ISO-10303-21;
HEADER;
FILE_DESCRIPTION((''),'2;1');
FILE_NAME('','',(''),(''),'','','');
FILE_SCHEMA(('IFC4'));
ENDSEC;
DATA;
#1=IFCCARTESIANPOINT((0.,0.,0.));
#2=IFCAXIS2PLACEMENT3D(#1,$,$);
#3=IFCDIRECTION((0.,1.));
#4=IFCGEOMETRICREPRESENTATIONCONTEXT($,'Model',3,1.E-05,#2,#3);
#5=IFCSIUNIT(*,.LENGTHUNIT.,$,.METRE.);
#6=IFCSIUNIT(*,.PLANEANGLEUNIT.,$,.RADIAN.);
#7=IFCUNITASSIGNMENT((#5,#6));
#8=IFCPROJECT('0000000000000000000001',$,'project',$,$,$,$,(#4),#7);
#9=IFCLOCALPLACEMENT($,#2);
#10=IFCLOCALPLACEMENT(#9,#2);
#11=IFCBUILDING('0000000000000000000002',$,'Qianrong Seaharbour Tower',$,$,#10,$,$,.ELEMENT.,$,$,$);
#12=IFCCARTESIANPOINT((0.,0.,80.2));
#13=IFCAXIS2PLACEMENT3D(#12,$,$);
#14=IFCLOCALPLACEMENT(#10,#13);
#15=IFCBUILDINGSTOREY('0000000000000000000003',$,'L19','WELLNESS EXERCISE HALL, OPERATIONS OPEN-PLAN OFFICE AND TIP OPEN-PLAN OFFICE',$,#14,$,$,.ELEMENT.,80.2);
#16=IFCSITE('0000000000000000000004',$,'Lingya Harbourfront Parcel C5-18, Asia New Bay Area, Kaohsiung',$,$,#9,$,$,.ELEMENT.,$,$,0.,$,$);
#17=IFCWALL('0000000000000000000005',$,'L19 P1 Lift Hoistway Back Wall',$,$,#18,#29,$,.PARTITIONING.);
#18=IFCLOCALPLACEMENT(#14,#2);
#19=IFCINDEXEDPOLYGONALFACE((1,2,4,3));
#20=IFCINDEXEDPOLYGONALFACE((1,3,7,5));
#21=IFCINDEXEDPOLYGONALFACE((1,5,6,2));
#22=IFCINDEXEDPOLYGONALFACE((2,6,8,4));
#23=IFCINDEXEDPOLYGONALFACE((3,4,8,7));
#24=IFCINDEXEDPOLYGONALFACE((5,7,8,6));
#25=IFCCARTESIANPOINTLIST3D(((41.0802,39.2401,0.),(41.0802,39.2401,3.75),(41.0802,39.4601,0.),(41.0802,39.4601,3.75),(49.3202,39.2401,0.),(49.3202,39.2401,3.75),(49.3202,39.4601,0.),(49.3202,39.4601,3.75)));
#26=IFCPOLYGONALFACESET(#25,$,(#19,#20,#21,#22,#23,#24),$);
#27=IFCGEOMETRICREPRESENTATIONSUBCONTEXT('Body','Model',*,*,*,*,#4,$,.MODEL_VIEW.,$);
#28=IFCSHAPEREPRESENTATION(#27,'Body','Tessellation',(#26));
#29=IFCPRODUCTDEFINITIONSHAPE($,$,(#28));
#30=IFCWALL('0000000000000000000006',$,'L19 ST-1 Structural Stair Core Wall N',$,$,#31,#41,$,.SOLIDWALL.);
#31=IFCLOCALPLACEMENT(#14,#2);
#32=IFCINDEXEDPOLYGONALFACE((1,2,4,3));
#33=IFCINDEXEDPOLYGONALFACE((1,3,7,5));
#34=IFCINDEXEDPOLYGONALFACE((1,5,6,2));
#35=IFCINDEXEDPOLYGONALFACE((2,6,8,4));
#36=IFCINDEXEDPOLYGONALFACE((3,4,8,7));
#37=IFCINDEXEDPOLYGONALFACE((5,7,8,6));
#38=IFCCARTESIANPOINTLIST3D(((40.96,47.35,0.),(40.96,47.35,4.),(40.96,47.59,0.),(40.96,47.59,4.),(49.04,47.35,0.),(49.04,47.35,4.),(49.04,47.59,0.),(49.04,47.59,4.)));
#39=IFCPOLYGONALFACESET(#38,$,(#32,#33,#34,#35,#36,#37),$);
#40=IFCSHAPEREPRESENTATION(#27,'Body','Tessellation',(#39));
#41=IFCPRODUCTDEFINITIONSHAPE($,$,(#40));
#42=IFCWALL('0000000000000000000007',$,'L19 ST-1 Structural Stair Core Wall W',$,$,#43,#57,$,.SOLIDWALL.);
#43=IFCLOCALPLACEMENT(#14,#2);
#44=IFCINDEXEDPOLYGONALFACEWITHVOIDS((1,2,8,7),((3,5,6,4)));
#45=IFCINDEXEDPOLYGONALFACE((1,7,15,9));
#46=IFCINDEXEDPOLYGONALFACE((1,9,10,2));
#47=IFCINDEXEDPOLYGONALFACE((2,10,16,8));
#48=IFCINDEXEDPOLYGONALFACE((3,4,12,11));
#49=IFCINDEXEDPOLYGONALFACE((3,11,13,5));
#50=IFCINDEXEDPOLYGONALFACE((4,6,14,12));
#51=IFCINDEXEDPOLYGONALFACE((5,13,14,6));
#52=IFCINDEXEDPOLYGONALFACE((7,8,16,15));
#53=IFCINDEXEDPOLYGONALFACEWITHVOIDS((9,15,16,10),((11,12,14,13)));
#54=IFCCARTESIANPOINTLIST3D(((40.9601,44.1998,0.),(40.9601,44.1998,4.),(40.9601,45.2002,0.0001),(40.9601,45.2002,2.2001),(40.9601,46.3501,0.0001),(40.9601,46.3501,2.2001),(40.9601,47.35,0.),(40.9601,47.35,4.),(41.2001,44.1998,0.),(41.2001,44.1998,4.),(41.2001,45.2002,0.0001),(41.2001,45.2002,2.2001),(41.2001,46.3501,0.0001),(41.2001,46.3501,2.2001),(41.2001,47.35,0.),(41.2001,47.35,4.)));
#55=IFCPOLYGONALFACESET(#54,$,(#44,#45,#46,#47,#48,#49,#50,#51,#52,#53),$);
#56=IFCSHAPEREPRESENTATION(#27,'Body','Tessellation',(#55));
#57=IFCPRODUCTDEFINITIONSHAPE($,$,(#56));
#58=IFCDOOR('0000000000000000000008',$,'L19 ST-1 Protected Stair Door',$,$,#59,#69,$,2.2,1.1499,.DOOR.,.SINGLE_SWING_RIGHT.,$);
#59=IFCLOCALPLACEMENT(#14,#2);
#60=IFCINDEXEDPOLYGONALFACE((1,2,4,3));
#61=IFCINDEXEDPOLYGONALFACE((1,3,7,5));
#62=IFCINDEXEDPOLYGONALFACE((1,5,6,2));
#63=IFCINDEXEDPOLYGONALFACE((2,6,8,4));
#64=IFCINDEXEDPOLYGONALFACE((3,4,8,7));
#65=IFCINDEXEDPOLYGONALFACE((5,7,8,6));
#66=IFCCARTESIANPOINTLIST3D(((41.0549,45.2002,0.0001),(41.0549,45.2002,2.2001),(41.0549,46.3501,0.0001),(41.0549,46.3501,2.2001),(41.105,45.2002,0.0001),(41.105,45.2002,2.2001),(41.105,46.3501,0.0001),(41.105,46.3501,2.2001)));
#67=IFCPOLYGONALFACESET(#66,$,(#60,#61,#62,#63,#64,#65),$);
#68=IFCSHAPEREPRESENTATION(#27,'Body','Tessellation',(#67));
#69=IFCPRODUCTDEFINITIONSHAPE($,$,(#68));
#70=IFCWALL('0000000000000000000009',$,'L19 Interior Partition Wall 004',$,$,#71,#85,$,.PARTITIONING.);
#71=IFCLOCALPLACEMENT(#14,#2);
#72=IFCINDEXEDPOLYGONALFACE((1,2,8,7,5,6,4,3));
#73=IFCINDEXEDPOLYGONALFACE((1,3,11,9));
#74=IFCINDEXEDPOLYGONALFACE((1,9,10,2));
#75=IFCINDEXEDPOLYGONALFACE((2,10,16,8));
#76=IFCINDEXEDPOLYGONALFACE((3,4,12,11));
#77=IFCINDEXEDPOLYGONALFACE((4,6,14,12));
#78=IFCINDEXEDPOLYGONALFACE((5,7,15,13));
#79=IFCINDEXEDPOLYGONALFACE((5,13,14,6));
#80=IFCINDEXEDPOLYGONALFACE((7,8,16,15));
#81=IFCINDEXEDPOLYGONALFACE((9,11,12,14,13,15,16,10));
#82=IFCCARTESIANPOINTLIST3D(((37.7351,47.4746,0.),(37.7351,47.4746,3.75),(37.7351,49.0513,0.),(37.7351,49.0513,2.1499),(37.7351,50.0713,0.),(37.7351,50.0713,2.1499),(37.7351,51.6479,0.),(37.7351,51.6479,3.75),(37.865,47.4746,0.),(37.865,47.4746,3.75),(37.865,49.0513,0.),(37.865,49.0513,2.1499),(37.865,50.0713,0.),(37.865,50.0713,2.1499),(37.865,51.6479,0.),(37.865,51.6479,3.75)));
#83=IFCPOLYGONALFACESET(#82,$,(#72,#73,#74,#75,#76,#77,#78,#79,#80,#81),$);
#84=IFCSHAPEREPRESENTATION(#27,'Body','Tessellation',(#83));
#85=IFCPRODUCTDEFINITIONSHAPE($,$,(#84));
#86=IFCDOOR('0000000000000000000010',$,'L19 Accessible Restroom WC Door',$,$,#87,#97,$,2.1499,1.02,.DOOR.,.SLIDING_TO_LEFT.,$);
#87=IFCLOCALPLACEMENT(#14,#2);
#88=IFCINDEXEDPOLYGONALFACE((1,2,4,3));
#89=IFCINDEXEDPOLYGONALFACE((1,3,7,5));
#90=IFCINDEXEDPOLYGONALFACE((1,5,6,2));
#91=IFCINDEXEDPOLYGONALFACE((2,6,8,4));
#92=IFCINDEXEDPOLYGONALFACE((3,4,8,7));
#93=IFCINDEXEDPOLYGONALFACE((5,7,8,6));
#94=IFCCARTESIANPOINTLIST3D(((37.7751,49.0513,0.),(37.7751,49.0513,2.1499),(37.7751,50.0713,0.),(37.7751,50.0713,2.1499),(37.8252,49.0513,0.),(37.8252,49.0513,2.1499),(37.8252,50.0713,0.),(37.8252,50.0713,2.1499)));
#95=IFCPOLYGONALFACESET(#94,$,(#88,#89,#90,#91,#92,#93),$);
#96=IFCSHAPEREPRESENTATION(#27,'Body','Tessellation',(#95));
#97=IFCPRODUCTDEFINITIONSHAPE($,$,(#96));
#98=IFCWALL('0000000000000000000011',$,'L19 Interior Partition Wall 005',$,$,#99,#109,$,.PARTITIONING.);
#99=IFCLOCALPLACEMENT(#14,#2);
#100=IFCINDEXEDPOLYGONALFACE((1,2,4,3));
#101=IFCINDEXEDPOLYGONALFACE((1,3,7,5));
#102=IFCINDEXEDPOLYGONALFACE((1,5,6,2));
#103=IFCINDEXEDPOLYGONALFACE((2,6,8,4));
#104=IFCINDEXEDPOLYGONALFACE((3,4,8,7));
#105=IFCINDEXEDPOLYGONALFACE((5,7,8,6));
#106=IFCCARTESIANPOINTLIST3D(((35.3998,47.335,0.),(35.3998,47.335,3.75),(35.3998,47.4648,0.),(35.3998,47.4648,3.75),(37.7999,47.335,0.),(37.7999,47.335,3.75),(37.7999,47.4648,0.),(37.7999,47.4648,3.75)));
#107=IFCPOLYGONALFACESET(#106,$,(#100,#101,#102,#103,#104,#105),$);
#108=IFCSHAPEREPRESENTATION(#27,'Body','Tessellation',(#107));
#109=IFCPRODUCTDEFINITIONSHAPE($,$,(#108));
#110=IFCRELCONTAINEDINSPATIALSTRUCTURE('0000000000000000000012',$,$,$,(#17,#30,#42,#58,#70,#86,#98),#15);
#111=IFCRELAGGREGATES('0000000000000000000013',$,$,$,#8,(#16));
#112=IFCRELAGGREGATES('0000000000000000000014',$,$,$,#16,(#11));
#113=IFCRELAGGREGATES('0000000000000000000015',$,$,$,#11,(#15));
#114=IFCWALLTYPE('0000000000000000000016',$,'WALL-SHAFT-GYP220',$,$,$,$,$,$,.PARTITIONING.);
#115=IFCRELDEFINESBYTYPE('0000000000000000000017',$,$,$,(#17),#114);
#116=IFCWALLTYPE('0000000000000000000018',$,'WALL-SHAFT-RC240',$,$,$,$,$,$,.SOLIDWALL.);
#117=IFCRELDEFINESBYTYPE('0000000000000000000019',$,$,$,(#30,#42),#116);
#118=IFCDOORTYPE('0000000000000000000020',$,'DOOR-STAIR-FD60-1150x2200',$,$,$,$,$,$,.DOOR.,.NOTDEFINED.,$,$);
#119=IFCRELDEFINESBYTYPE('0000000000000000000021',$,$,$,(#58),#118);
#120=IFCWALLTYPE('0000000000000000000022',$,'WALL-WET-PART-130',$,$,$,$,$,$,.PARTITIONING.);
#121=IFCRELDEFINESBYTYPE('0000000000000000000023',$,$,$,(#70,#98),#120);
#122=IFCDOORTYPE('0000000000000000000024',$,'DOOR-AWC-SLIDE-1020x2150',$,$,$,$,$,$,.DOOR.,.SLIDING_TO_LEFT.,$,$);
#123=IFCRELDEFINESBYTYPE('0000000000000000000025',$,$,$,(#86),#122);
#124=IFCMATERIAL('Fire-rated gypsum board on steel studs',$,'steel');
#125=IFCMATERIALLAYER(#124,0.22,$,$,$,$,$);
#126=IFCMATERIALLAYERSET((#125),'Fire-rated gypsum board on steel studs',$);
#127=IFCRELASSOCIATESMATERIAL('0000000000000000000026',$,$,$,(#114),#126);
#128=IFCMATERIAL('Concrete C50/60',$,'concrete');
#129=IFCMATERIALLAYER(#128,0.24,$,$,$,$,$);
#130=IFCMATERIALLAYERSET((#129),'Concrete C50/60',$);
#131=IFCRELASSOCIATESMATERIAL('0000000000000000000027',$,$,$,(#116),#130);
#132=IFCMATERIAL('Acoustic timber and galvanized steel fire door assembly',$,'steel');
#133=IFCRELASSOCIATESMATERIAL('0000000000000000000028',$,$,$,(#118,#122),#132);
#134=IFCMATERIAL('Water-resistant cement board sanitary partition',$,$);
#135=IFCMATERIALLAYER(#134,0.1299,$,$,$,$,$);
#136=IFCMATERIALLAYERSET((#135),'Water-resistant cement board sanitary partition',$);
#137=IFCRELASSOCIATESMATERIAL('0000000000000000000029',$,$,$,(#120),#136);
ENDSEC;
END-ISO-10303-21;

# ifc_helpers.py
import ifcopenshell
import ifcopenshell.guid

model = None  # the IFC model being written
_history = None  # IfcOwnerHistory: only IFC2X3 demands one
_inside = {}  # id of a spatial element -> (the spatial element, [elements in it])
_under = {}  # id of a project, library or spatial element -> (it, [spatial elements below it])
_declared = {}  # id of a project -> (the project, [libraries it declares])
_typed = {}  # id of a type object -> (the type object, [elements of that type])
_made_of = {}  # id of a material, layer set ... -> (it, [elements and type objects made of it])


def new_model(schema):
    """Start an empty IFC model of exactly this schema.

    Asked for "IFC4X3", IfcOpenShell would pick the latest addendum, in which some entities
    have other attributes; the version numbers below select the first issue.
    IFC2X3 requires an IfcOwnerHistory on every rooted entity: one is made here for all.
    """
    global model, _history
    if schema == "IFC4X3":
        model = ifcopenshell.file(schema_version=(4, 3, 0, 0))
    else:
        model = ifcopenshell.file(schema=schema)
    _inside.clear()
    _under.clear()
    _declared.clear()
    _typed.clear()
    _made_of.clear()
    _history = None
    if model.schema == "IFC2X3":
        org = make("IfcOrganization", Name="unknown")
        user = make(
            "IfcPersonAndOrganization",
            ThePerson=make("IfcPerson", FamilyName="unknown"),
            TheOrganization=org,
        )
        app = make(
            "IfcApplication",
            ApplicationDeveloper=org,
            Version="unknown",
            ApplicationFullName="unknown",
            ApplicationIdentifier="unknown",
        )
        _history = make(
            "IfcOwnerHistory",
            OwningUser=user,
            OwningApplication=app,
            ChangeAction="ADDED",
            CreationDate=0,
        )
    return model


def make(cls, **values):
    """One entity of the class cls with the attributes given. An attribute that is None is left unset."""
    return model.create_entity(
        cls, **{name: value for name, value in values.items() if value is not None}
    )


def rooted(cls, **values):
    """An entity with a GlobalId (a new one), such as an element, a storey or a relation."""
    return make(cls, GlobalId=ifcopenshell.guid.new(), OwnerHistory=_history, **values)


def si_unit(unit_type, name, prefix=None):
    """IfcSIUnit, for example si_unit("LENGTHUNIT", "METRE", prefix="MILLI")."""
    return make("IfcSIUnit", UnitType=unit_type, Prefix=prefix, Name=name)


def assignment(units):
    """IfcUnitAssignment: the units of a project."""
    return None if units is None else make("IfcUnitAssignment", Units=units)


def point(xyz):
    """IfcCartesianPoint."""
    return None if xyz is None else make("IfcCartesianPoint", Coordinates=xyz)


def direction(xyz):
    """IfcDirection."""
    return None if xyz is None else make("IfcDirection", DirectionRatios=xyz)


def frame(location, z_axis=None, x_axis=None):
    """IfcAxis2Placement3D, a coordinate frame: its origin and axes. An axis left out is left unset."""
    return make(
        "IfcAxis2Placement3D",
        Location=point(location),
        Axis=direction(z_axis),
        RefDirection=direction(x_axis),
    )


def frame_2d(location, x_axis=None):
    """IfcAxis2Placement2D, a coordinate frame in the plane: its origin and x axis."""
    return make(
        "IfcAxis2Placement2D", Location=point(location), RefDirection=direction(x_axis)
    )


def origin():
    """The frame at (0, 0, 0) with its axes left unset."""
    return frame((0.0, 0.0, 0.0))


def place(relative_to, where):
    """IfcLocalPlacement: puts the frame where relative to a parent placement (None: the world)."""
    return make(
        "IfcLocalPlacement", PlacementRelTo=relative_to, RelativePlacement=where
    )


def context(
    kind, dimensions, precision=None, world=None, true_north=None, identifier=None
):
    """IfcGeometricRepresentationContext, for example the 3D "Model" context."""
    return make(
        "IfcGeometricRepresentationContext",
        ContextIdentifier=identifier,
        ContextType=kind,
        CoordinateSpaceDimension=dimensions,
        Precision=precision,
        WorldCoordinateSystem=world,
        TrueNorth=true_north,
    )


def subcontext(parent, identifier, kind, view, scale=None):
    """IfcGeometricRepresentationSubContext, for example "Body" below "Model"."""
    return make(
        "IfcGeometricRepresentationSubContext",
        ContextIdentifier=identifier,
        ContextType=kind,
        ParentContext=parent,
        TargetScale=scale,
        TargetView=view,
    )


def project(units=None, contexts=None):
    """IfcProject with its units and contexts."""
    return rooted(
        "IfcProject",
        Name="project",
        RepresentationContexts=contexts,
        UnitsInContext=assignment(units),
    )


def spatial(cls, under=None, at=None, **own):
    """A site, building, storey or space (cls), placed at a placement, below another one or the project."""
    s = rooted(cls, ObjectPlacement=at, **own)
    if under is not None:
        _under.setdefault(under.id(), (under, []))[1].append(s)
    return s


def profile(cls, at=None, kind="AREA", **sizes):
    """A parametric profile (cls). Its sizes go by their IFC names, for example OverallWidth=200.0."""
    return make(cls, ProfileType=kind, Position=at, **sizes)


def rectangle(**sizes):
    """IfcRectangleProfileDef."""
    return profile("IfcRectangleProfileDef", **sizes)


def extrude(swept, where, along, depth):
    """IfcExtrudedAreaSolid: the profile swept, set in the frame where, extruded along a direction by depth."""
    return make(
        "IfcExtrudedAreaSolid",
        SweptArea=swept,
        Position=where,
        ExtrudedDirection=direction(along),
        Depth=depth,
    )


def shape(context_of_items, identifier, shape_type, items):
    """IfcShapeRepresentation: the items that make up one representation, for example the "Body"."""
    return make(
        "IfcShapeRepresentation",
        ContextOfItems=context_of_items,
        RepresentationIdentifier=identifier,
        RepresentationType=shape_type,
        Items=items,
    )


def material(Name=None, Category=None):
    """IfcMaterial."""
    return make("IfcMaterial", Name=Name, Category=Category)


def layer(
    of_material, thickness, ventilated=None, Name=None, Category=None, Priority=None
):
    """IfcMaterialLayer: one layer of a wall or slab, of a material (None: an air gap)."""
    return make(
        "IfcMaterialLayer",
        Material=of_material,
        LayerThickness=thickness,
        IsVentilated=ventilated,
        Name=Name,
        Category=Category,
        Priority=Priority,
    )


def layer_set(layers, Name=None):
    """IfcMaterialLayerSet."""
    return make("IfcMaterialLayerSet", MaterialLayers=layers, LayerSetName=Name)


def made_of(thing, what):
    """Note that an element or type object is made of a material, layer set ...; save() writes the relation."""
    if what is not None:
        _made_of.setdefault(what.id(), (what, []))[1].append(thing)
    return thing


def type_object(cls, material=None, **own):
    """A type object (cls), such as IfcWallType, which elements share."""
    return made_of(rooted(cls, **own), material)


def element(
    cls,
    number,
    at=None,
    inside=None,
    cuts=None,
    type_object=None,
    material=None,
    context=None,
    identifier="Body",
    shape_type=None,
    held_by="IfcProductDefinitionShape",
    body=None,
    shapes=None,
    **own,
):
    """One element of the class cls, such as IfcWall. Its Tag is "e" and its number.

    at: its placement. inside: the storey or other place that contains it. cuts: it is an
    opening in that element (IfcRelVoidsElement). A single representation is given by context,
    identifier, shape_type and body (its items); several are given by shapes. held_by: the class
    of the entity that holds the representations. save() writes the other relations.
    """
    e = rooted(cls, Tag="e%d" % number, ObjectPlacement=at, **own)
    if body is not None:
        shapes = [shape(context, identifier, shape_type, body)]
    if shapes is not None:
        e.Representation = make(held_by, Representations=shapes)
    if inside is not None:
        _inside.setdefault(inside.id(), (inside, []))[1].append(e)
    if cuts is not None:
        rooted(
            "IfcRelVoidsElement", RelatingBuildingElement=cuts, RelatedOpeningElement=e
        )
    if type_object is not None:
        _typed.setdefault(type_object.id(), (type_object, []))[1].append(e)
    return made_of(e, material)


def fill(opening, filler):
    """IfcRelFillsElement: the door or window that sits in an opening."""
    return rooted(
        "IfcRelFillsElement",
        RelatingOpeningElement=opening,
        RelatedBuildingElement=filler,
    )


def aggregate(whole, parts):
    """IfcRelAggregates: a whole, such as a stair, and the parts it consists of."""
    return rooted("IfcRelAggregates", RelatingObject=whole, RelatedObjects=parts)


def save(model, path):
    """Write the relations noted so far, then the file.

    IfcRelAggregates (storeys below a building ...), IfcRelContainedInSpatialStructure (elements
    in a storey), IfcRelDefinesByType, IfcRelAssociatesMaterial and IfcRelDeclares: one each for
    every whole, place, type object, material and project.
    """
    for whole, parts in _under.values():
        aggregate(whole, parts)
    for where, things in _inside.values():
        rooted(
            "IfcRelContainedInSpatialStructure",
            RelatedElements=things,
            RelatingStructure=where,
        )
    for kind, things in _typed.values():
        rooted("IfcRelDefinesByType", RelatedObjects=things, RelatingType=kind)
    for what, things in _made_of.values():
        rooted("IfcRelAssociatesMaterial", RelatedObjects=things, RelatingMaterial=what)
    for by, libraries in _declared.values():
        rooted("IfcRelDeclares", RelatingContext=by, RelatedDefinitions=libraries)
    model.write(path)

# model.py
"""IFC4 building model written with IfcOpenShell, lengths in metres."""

from ifc_helpers import new_model, si_unit, direction, frame, frame_2d, origin, place, context, subcontext, project, spatial, rectangle, extrude, material, layer, layer_set, type_object, element, fill, save


model = new_model("IFC4")

# Units and contexts
model_context = context("Model", 3, precision=1e-05, world=origin(), true_north=direction((0.0, 1.0)))
body_context = subcontext(model_context, "Body", "Model", "MODEL_VIEW")
ifc_project = project(units=[si_unit("LENGTHUNIT", "METRE"), si_unit("PLANEANGLEUNIT", "RADIAN")], contexts=[model_context])

# Site, building, storey
site_placement = place(None, origin())
site = spatial("IfcSite", under=ifc_project, at=site_placement, Name="Lingya Harbourfront Parcel C5-18, Asia New Bay Area, Kaohsiung", CompositionType="ELEMENT", RefElevation=0.0)
building_placement = place(site_placement, origin())
building = spatial("IfcBuilding", under=site, at=building_placement, Name="Qianrong Seaharbour Tower", CompositionType="ELEMENT")
storey_placement = place(building_placement, frame((0.0, 0.0, 80.2)))
storey = spatial("IfcBuildingStorey", under=building, at=storey_placement, Name="L19", Description="WELLNESS EXERCISE HALL, OPERATIONS OPEN-PLAN OFFICE AND TIP OPEN-PLAN OFFICE", CompositionType="ELEMENT", Elevation=80.2)

# Shared definitions
ifc_material_1 = material(Name="Acoustic timber and galvanized steel fire door assembly", Category="steel")

# Walls
ifc_material_2 = material(Name="Fire-rated gypsum board on steel studs", Category="steel")
ifc_layer_1 = layer(ifc_material_2, 0.22)
ifc_layer_set_1 = layer_set([ifc_layer_1], Name="Fire-rated gypsum board on steel studs")
wall_type_1 = type_object("IfcWallType", Name="WALL-SHAFT-GYP220", PredefinedType="PARTITIONING", material=ifc_layer_set_1)
wall_1_placement = place(storey_placement, frame((41.0801, 39.3501, 0.0), z_axis=(0.0, 0.0, 1.0), x_axis=(1.0, 0.0, 0.0)))
element("IfcWall", 1, at=wall_1_placement, inside=storey, type_object=wall_type_1, Name="L19 P1 Lift Hoistway Back Wall", PredefinedType="PARTITIONING", context=body_context, shape_type="SweptSolid", body=[
    extrude(rectangle(XDim=8.24, YDim=0.22, at=frame_2d((4.1201, 0.0))), origin(), (0.0, 0.0, 1.0), 3.75),
])
ifc_material_3 = material(Name="Concrete C50/60", Category="concrete")
ifc_layer_2 = layer(ifc_material_3, 0.24)
ifc_layer_set_2 = layer_set([ifc_layer_2], Name="Concrete C50/60")
wall_type_2 = type_object("IfcWallType", Name="WALL-SHAFT-RC240", PredefinedType="SOLIDWALL", material=ifc_layer_set_2)
wall_2_placement = place(storey_placement, frame((40.96, 47.47, 0.0), z_axis=(0.0, 0.0, 1.0), x_axis=(1.0, 0.0, 0.0)))
element("IfcWall", 2, at=wall_2_placement, inside=storey, type_object=wall_type_2, Name="L19 ST-1 Structural Stair Core Wall N", PredefinedType="SOLIDWALL", context=body_context, shape_type="SweptSolid", body=[
    extrude(rectangle(XDim=8.0801, YDim=0.24, at=frame_2d((4.04, 0.0))), origin(), (0.0, 0.0, 1.0), 4.0),
])

# Walls, openings, doors
wall_3_placement = place(storey_placement, frame((41.0801, 47.3501, 0.0), z_axis=(0.0, 0.0, 1.0), x_axis=(0.0, -1.0, 0.0)))
wall_3 = element("IfcWall", 3, at=wall_3_placement, inside=storey, type_object=wall_type_2, Name="L19 ST-1 Structural Stair Core Wall W", PredefinedType="SOLIDWALL", context=body_context, shape_type="SweptSolid", body=[
    extrude(rectangle(XDim=3.1501, YDim=0.24, at=frame_2d((1.5752, 0.0))), origin(), (0.0, 0.0, 1.0), 4.0),
])
opening_1_placement = place(wall_3_placement, frame((1.0, 0.0, 0.0)))
opening_1 = element("IfcOpeningElement", 4, at=opening_1_placement, cuts=wall_3, PredefinedType="OPENING", context=body_context, shape_type="SweptSolid", body=[
    extrude(rectangle(XDim=1.1499, YDim=2.2, at=frame_2d((0.575, 1.1001))), frame((0.0, 0.1299, 0.0), z_axis=(0.0, -1.0, 0.0), x_axis=(1.0, 0.0, 0.0)), (0.0, 0.0, 1.0), 0.26),
])
door_type_1 = type_object("IfcDoorType", Name="DOOR-STAIR-FD60-1150x2200", OperationType="NOTDEFINED", PredefinedType="DOOR", material=ifc_material_1)
door_1_placement = place(opening_1_placement, origin())
door_1 = element("IfcDoor", 5, at=door_1_placement, inside=storey, type_object=door_type_1, Name="L19 ST-1 Protected Stair Door", OperationType="SINGLE_SWING_RIGHT", OverallHeight=2.2, OverallWidth=1.1499, PredefinedType="DOOR", context=body_context, shape_type="SweptSolid", body=[
    extrude(rectangle(XDim=1.1499, YDim=2.2, at=frame_2d((0.575, 1.1001))), frame((0.0, 0.0249, 0.0), z_axis=(0.0, -1.0, 0.0), x_axis=(1.0, 0.0, 0.0)), (0.0, 0.0, 1.0), 0.05),
])
fill(opening_1, door_1)
ifc_material_4 = material(Name="Water-resistant cement board sanitary partition")
ifc_layer_3 = layer(ifc_material_4, 0.1299)
ifc_layer_set_3 = layer_set([ifc_layer_3], Name="Water-resistant cement board sanitary partition")
wall_type_3 = type_object("IfcWallType", Name="WALL-WET-PART-130", PredefinedType="PARTITIONING", material=ifc_layer_set_3)
wall_4_placement = place(storey_placement, frame((37.8, 47.4746, 0.0), z_axis=(0.0, 0.0, 1.0), x_axis=(0.0, 1.0, 0.0)))
wall_4 = element("IfcWall", 6, at=wall_4_placement, inside=storey, type_object=wall_type_3, Name="L19 Interior Partition Wall 004", PredefinedType="PARTITIONING", context=body_context, shape_type="SweptSolid", body=[
    extrude(rectangle(XDim=4.1733, YDim=0.1299, at=frame_2d((2.0867, 0.0))), origin(), (0.0, 0.0, 1.0), 3.75),
])
opening_2_placement = place(wall_4_placement, frame((1.5767, 0.0, 0.0)))
opening_2 = element("IfcOpeningElement", 7, at=opening_2_placement, cuts=wall_4, PredefinedType="OPENING", context=body_context, shape_type="SweptSolid", body=[
    extrude(rectangle(XDim=1.02, YDim=2.1499, at=frame_2d((0.51, 1.075))), frame((0.0, 0.075, 0.0), z_axis=(0.0, -1.0, 0.0), x_axis=(1.0, 0.0, 0.0)), (0.0, 0.0, 1.0), 0.1499),
])
door_type_2 = type_object("IfcDoorType", Name="DOOR-AWC-SLIDE-1020x2150", OperationType="SLIDING_TO_LEFT", PredefinedType="DOOR", material=ifc_material_1)
door_2_placement = place(opening_2_placement, origin())
door_2 = element("IfcDoor", 8, at=door_2_placement, inside=storey, type_object=door_type_2, Name="L19 Accessible Restroom WC Door", OperationType="SLIDING_TO_LEFT", OverallHeight=2.1499, OverallWidth=1.02, PredefinedType="DOOR", context=body_context, shape_type="SweptSolid", body=[
    extrude(rectangle(XDim=1.02, YDim=2.1499, at=frame_2d((0.51, 1.075))), frame((0.0, 0.0249, 0.0), z_axis=(0.0, -1.0, 0.0), x_axis=(1.0, 0.0, 0.0)), (0.0, 0.0, 1.0), 0.05),
])
fill(opening_2, door_2)

# Wall
wall_5_placement = place(storey_placement, frame((37.8, 47.3999, 0.0), z_axis=(0.0, 0.0, 1.0), x_axis=(-1.0, 0.0, 0.0)))
element("IfcWall", 9, at=wall_5_placement, inside=storey, type_object=wall_type_3, Name="L19 Interior Partition Wall 005", PredefinedType="PARTITIONING", context=body_context, shape_type="SweptSolid", body=[
    extrude(rectangle(XDim=2.4001, YDim=0.1299, at=frame_2d((1.2002, 0.0))), origin(), (0.0, 0.0, 1.0), 3.75),
])

save(model, "model.ifc")
